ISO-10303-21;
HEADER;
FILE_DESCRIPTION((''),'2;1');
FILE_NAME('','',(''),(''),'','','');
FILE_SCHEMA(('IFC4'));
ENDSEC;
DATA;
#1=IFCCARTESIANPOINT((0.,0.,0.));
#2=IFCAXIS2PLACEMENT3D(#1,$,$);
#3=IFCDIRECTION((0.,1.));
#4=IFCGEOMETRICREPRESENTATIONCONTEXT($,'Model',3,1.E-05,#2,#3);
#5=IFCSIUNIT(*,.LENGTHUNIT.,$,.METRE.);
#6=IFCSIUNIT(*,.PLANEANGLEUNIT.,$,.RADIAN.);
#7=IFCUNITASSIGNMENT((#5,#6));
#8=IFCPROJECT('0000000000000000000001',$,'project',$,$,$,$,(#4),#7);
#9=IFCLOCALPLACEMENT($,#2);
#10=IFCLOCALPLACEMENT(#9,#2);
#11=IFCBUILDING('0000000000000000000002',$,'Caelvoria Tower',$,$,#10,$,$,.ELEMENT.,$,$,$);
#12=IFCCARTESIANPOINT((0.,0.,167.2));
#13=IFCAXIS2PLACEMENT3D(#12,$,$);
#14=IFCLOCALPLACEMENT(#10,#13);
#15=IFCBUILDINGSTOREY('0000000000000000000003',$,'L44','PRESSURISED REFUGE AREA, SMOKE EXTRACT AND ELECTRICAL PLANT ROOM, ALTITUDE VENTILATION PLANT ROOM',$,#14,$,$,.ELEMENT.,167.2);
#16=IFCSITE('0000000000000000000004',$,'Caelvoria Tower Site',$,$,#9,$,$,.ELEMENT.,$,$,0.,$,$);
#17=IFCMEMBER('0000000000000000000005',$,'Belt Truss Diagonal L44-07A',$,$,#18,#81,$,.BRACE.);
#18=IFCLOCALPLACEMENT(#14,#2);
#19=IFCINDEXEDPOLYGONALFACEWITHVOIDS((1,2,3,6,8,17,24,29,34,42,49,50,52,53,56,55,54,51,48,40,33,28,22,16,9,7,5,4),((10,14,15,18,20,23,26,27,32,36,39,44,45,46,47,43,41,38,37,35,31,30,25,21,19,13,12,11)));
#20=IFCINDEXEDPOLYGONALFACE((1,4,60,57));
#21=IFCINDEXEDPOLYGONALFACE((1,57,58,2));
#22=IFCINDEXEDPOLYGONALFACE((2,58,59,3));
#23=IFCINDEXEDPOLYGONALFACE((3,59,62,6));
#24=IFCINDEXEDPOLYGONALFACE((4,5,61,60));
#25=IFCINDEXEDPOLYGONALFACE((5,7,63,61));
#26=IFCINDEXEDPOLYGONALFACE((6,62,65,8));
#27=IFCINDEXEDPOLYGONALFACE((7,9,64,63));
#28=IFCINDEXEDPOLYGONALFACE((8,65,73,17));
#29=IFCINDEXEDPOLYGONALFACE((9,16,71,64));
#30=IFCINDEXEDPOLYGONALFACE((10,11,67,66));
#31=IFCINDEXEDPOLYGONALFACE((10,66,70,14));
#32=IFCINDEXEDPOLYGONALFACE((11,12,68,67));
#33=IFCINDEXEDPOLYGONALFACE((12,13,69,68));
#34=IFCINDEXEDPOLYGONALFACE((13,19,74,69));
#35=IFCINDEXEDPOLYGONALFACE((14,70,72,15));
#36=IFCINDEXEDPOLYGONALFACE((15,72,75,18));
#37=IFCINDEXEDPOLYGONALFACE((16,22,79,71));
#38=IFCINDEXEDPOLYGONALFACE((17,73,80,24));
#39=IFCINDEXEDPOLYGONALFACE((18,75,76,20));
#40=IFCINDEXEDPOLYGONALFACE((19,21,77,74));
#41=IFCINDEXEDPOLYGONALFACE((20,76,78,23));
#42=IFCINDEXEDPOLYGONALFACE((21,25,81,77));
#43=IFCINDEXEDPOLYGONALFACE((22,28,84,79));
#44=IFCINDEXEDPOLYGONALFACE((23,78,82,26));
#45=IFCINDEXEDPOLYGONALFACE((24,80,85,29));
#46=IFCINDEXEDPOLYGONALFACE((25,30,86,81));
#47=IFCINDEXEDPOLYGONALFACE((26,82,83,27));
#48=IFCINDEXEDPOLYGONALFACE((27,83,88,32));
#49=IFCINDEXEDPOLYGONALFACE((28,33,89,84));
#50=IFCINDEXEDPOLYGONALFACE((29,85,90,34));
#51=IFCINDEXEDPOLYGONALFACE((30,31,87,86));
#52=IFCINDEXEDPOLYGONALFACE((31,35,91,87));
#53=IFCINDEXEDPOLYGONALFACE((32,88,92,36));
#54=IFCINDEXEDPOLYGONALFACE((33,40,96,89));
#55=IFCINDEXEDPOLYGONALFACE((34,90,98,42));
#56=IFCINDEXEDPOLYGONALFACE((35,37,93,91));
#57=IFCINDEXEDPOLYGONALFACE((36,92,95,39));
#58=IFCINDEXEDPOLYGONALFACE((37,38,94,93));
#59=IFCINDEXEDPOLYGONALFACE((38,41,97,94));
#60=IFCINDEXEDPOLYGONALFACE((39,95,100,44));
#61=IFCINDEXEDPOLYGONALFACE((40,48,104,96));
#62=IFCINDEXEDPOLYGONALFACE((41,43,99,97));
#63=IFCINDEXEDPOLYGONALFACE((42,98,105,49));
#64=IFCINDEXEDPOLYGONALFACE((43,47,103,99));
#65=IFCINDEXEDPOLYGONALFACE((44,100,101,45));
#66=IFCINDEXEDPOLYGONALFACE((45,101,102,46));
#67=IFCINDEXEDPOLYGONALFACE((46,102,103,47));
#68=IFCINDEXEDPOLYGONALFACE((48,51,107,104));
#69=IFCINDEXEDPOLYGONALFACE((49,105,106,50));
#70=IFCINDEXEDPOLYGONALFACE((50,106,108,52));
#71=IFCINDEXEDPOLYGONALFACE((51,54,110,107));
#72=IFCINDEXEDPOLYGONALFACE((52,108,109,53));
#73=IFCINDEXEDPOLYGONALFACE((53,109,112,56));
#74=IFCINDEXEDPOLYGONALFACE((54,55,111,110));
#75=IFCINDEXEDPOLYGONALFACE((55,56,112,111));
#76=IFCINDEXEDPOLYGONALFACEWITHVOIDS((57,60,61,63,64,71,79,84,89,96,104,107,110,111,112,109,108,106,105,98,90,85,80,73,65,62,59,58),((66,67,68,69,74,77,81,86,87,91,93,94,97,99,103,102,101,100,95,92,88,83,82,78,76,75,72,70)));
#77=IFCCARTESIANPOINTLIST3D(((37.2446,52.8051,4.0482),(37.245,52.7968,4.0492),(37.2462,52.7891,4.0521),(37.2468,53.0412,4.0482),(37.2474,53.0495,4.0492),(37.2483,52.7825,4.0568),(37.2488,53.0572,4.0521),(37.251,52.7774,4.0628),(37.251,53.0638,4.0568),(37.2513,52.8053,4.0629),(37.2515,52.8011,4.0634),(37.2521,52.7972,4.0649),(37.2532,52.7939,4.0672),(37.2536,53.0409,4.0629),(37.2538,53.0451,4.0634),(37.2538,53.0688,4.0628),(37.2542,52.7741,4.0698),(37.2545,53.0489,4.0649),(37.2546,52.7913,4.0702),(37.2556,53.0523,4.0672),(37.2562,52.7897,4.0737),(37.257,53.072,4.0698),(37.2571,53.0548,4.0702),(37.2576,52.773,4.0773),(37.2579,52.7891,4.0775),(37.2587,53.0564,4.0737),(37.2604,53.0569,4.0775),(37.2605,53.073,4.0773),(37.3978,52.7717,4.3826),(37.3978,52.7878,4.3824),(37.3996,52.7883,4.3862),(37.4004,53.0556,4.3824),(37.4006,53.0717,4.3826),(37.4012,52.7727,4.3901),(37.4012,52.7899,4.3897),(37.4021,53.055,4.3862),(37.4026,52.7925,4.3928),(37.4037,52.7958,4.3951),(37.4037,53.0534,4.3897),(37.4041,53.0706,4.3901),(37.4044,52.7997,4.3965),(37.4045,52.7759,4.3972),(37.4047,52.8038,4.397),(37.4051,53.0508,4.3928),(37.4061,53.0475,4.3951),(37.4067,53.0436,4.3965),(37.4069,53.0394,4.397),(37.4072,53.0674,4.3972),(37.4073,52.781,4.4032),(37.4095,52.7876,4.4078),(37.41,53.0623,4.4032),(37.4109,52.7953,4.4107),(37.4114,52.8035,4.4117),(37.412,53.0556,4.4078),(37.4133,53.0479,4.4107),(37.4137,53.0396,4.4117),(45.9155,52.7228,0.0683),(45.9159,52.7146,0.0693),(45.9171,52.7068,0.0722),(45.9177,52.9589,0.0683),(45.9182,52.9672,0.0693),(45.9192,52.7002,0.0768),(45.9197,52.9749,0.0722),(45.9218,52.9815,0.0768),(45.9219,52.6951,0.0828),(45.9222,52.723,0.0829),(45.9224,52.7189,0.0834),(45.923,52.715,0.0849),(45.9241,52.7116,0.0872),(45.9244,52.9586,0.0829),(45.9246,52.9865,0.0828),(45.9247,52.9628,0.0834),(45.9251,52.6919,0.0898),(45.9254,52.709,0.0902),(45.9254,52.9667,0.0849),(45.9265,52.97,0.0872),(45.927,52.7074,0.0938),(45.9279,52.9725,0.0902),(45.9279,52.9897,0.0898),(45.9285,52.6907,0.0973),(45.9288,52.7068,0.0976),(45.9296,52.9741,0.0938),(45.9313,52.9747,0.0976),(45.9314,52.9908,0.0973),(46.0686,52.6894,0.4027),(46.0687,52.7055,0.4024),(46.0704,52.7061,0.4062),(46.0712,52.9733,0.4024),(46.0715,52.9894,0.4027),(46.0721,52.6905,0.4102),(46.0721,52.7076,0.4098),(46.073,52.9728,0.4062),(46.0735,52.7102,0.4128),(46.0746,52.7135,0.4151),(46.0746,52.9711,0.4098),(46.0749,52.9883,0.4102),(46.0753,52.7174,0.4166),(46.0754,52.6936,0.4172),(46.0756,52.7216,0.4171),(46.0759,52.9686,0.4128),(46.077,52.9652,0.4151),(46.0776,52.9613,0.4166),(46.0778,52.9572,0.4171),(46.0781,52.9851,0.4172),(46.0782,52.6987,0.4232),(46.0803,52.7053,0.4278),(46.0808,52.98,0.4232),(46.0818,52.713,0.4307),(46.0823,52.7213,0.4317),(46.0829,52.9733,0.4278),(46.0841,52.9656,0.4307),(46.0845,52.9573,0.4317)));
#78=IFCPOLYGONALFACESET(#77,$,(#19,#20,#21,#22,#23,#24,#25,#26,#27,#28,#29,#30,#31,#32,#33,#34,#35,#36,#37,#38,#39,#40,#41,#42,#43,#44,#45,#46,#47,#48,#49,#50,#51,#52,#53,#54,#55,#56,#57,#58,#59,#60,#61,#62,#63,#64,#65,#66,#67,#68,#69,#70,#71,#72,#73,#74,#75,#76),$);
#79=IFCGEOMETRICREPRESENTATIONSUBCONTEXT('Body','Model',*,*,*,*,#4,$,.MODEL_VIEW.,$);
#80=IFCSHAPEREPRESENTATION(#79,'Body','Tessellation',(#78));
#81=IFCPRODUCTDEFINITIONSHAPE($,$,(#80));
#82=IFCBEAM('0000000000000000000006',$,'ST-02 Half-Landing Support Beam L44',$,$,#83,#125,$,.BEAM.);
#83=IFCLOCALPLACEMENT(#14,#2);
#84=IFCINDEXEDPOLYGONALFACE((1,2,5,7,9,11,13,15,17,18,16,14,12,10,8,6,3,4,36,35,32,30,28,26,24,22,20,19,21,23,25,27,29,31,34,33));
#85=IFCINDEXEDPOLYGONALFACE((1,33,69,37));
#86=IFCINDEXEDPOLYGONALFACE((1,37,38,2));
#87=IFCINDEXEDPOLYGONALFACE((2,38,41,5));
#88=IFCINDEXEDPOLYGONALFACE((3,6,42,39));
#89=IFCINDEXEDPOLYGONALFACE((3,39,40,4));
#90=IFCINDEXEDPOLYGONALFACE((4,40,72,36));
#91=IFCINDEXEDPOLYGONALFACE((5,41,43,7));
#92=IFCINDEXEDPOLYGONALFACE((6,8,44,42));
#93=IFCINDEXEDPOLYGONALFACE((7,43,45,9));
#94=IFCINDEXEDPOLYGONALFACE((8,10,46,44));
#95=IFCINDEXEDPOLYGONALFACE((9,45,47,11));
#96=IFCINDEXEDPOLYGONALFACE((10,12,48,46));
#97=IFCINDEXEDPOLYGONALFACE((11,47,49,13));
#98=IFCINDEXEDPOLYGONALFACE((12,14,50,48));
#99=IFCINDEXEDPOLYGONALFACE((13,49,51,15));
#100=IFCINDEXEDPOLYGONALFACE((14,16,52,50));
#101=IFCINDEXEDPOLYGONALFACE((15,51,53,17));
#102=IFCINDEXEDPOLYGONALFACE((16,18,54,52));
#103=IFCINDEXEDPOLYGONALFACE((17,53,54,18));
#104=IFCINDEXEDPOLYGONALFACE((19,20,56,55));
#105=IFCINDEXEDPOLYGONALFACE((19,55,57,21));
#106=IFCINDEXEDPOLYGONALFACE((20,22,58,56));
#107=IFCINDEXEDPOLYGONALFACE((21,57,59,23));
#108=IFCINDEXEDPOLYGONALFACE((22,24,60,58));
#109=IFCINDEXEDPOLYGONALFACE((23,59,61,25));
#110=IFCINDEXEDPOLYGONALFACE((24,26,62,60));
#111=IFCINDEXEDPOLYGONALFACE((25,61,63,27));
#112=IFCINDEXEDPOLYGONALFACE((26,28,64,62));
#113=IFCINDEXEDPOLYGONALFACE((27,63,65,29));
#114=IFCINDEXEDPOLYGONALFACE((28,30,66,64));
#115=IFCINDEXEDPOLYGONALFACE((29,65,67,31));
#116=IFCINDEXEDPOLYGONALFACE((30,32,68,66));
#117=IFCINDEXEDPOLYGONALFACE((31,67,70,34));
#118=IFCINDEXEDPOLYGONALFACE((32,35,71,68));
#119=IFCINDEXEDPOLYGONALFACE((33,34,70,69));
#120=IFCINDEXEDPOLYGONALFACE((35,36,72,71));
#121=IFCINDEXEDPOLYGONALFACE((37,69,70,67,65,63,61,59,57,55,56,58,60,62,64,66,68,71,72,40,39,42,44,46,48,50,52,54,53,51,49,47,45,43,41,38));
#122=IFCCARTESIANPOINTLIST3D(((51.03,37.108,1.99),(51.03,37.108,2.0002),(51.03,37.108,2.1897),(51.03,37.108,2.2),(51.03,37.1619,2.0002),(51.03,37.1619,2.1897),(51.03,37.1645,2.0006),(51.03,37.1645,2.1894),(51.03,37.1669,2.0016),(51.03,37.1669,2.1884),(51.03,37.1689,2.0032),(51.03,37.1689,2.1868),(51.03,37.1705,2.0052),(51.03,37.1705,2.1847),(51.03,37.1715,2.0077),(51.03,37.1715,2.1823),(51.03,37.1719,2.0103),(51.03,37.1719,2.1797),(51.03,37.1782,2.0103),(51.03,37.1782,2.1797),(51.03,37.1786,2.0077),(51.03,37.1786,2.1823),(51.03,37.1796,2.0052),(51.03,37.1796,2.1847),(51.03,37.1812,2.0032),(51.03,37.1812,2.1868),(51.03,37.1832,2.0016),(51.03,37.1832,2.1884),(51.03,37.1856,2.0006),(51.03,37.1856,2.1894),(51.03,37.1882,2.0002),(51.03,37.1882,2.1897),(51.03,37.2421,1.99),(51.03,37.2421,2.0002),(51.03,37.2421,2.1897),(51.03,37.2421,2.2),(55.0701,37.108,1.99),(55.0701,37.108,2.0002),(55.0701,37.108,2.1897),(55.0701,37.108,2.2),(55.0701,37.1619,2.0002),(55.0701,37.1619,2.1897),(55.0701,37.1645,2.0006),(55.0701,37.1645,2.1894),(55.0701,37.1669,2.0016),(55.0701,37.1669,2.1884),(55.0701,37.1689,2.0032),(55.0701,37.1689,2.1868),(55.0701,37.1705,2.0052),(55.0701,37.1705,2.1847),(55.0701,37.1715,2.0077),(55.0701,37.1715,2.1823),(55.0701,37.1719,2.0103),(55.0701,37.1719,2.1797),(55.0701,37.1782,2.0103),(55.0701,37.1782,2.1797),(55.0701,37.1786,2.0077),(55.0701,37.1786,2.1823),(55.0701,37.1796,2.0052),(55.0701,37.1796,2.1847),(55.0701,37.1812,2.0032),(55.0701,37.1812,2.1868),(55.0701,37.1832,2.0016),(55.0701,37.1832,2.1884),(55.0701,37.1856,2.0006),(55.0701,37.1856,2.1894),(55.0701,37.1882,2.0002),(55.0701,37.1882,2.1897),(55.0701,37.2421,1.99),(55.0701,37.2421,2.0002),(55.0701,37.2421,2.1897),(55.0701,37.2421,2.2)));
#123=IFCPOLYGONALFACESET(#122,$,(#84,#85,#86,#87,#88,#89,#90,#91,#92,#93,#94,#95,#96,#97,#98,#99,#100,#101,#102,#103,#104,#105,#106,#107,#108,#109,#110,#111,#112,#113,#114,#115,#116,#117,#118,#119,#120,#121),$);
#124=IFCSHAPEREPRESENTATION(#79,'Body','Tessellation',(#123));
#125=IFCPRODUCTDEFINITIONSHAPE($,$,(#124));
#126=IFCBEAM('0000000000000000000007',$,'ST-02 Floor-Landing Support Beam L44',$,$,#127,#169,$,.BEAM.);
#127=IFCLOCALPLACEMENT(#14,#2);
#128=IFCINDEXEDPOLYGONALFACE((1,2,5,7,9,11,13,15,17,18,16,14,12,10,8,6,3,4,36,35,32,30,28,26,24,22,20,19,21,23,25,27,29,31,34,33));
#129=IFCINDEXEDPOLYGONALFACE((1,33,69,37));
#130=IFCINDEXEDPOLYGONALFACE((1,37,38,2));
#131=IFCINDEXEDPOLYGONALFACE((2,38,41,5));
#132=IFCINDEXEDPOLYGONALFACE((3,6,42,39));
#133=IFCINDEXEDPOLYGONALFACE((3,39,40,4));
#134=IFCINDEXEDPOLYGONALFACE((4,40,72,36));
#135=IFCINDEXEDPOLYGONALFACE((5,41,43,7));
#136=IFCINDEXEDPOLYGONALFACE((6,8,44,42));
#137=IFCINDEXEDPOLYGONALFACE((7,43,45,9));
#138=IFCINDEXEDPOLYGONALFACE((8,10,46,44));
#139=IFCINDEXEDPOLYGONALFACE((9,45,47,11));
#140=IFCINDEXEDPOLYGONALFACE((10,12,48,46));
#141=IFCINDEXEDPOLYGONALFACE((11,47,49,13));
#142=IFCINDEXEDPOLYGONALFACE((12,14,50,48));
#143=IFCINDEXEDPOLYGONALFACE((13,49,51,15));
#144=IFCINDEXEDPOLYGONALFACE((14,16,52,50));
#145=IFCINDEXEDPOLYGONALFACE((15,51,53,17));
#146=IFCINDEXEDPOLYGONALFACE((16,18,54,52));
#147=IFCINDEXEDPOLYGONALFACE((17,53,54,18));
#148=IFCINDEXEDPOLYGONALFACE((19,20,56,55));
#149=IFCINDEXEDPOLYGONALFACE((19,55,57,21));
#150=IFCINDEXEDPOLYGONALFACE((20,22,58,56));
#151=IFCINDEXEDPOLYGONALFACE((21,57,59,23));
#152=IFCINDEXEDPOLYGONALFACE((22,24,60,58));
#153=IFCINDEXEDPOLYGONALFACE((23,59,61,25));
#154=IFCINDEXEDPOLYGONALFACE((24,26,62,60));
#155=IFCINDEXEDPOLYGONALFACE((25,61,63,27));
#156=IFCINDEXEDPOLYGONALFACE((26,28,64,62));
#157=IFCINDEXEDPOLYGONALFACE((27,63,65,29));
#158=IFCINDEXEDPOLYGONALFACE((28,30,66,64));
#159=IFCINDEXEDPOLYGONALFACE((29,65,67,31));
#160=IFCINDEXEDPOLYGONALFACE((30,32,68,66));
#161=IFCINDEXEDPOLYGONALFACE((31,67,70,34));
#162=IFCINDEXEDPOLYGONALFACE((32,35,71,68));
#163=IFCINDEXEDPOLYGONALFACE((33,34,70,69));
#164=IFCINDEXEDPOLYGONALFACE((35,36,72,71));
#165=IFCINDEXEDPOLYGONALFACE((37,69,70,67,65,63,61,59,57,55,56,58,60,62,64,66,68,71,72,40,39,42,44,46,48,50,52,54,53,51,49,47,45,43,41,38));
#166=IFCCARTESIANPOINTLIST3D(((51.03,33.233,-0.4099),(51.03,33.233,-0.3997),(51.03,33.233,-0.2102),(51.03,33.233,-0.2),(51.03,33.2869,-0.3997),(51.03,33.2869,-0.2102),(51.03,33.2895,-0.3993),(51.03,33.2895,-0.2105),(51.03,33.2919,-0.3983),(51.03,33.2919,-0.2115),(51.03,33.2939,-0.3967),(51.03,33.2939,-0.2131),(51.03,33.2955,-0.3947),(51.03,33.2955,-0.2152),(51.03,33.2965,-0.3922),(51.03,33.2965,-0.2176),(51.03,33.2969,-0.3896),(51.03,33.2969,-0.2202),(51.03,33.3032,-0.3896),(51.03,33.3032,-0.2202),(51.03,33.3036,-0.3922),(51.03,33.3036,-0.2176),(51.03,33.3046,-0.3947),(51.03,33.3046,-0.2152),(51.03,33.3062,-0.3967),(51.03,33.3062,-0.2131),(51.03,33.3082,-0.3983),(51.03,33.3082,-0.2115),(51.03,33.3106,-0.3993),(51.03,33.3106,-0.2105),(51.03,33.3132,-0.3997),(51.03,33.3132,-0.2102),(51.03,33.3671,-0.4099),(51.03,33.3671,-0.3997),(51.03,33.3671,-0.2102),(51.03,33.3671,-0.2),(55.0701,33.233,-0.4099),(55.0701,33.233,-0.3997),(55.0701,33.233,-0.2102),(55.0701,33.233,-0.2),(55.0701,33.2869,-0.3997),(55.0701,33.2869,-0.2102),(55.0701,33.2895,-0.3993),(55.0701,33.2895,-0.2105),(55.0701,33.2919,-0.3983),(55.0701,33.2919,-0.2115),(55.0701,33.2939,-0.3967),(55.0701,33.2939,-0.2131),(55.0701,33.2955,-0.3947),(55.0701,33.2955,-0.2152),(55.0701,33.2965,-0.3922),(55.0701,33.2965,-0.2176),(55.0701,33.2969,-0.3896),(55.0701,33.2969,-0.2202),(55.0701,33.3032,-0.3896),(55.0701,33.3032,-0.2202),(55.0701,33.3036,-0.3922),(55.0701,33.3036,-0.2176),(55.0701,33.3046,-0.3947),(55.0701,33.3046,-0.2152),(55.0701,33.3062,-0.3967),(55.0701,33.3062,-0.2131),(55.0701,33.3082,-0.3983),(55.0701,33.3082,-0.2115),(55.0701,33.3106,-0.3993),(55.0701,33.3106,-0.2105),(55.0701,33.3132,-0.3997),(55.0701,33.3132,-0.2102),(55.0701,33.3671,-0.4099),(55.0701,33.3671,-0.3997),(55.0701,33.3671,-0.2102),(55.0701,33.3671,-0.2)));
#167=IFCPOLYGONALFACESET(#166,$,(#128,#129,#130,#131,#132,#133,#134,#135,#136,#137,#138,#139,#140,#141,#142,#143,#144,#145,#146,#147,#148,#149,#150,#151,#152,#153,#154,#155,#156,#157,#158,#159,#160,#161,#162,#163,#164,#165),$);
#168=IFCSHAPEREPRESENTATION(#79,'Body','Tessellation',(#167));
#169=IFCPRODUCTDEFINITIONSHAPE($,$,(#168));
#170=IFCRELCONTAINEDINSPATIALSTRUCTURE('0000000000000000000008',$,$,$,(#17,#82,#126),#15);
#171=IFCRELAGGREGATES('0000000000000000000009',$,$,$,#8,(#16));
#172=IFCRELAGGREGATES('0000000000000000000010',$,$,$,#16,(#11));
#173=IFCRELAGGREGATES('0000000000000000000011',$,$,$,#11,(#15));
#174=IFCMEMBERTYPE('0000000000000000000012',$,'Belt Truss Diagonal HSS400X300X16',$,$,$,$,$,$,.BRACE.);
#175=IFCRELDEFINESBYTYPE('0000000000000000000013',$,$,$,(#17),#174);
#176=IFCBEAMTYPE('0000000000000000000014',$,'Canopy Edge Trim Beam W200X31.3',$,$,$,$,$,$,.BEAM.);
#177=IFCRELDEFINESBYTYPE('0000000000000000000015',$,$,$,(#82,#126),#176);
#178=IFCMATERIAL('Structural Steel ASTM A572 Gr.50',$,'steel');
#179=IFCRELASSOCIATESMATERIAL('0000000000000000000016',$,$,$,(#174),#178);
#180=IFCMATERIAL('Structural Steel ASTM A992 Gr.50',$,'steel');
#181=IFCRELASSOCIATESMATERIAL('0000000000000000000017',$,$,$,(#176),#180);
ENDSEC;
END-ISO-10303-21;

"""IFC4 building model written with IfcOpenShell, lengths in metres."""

from ifc_helpers import new_model, si_unit, direction, frame, origin, origin_2d, place, context, subcontext, project, spatial, hollow_rectangle, i_section, extrude, material, material_profile, profile_set, type_object, element, save


model = new_model("IFC4")

# Units and contexts
model_context = context("Model", 3, precision=1e-05, world=origin(), true_north=direction((0.0, 1.0)))
body_context = subcontext(model_context, "Body", "Model", "MODEL_VIEW")
ifc_project = project(units=[si_unit("LENGTHUNIT", "METRE"), si_unit("PLANEANGLEUNIT", "RADIAN")], contexts=[model_context])

# Site, building, storey
site_placement = place(None, origin())
site = spatial("IfcSite", under=ifc_project, at=site_placement, Name="Caelvoria Tower Site", CompositionType="ELEMENT", RefElevation=0.0)
building_placement = place(site_placement, origin())
building = spatial("IfcBuilding", under=site, at=building_placement, Name="Caelvoria Tower", CompositionType="ELEMENT")
storey_placement = place(building_placement, frame((0.0, 0.0, 167.2)))
storey = spatial("IfcBuildingStorey", under=building, at=storey_placement, Name="L44", Description="PRESSURISED REFUGE AREA, SMOKE EXTRACT AND ELECTRICAL PLANT ROOM, ALTITUDE VENTILATION PLANT ROOM", CompositionType="ELEMENT", Elevation=167.2)

# Member
ifc_material_1 = material(Name="Structural Steel ASTM A572 Gr.50", Category="steel")
ifc_material_profile_1 = material_profile(ifc_material_1, hollow_rectangle(XDim=0.3, YDim=0.3999, WallThickness=0.0161, InnerFilletRadius=0.0161, OuterFilletRadius=0.032, at=origin_2d()), Name="Structural Steel ASTM A572 Gr.50")
ifc_profile_set_1 = profile_set([ifc_material_profile_1], Name="HSS400X300X16 - Structural Steel ASTM A572 Gr.50")
member_type_1 = type_object("IfcMemberType", Name="Belt Truss Diagonal HSS400X300X16", PredefinedType="BRACE", material=ifc_profile_set_1)
for number, where, z_axis, x_axis, name in (
    (1, (46.0, 52.8401, 0.25), (-0.9088, 0.008623, 0.417143), (-0.009488, -0.999955, 0.0), "Belt Truss Diagonal L44-07A"),
):
    element("IfcMember", number, at=place(storey_placement, frame(where, z_axis=z_axis, x_axis=x_axis)), inside=storey, type_object=member_type_1, Name=name, PredefinedType="BRACE", context=body_context, shape_type="SweptSolid", body=[
        extrude(hollow_rectangle(XDim=0.3, YDim=0.3999, WallThickness=0.0161, InnerFilletRadius=0.0161, OuterFilletRadius=0.032, at=origin_2d()), origin(), (0.0, 0.0, 1.0), 9.541),
    ])

# Beams
ifc_material_2 = material(Name="Structural Steel ASTM A992 Gr.50", Category="steel")
ifc_material_profile_2 = material_profile(ifc_material_2, i_section(OverallWidth=0.134, OverallDepth=0.21, WebThickness=0.0063, FlangeThickness=0.0103, FilletRadius=0.01, at=origin_2d()), Name="Structural Steel ASTM A992 Gr.50")
ifc_profile_set_2 = profile_set([ifc_material_profile_2], Name="W200X31.3 - Structural Steel ASTM A992 Gr.50")
beam_type_1 = type_object("IfcBeamType", Name="Canopy Edge Trim Beam W200X31.3", PredefinedType="BEAM", material=ifc_profile_set_2)
for number, where, z_axis, x_axis, name in (
    (2, (51.03, 37.175, 2.095), (1.0, 0.0, 0.0), (0.0, 1.0, 0.0), "ST-02 Half-Landing Support Beam L44"),
    (3, (51.03, 33.3, -0.3049), (1.0, 0.0, 0.0), (0.0, 1.0, 0.0), "ST-02 Floor-Landing Support Beam L44"),
):
    element("IfcBeam", number, at=place(storey_placement, frame(where, z_axis=z_axis, x_axis=x_axis)), inside=storey, type_object=beam_type_1, Name=name, PredefinedType="BEAM", context=body_context, shape_type="SweptSolid", body=[
        extrude(i_section(OverallWidth=0.134, OverallDepth=0.21, WebThickness=0.0063, FlangeThickness=0.0103, FilletRadius=0.01, at=origin_2d()), origin(), (0.0, 0.0, 1.0), 4.04),
    ])

save(model, "model.ifc")
